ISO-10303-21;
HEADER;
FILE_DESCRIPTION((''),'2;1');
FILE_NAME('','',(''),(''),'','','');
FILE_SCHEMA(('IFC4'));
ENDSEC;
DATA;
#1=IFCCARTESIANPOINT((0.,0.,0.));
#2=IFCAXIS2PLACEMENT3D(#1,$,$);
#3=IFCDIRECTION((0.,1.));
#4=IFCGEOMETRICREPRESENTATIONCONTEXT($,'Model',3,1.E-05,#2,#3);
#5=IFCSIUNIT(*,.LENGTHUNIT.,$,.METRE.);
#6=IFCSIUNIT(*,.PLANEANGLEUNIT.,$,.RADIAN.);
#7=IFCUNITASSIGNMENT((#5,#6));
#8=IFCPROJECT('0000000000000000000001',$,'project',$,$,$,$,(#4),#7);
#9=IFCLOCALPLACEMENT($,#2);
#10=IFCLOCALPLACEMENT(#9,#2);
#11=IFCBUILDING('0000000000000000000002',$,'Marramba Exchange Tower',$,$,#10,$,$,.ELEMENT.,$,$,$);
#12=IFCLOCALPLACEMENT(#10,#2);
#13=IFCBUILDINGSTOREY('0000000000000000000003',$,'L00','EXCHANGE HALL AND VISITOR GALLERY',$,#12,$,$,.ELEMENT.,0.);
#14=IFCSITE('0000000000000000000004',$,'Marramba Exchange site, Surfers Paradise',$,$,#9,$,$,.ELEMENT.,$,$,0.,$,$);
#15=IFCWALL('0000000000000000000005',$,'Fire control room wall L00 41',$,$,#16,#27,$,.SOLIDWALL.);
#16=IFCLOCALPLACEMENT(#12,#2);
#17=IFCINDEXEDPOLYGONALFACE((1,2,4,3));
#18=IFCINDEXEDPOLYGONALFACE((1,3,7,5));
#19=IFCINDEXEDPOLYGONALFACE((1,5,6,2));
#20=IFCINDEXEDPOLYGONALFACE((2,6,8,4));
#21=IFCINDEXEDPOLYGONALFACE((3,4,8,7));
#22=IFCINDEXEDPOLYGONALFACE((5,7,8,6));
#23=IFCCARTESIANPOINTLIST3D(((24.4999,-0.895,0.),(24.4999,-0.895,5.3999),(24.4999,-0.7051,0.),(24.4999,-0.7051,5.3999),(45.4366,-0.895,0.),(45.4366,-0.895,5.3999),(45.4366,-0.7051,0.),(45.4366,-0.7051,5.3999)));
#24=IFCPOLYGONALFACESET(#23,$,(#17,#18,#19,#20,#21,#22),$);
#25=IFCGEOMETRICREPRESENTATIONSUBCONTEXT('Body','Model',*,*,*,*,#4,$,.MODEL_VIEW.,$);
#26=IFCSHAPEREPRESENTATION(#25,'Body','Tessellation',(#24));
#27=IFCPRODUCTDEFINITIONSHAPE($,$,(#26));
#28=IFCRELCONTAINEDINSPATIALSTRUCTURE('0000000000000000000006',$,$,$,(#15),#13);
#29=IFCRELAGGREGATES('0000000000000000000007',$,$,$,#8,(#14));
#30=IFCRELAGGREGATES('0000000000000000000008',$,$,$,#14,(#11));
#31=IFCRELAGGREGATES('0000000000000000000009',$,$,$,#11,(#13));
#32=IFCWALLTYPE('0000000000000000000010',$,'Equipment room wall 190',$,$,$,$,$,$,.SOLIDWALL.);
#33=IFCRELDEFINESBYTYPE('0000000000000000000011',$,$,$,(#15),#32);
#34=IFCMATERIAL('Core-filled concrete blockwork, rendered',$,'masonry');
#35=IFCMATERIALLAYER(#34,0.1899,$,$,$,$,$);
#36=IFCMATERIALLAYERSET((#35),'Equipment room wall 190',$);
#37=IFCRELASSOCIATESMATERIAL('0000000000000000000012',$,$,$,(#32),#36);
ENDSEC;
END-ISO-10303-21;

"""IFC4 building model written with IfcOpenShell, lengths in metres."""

from ifc_helpers import new_model, si_unit, direction, frame, frame_2d, origin, place, context, subcontext, project, spatial, rectangle, extrude, material, layer, layer_set, type_object, element, save


model = new_model("IFC4")

# Units and contexts
model_context = context("Model", 3, precision=1e-05, world=origin(), true_north=direction((0.0, 1.0)))
body_context = subcontext(model_context, "Body", "Model", "MODEL_VIEW")
ifc_project = project(units=[si_unit("LENGTHUNIT", "METRE"), si_unit("PLANEANGLEUNIT", "RADIAN")], contexts=[model_context])

# Site, building, storey
site_placement = place(None, origin())
site = spatial("IfcSite", under=ifc_project, at=site_placement, Name="Marramba Exchange site, Surfers Paradise", CompositionType="ELEMENT", RefElevation=0.0)
building_placement = place(site_placement, origin())
building = spatial("IfcBuilding", under=site, at=building_placement, Name="Marramba Exchange Tower", CompositionType="ELEMENT")
storey_placement = place(building_placement, origin())
storey = spatial("IfcBuildingStorey", under=building, at=storey_placement, Name="L00", Description="EXCHANGE HALL AND VISITOR GALLERY", CompositionType="ELEMENT", Elevation=0.0)

# Wall
ifc_material_1 = material(Name="Core-filled concrete blockwork, rendered", Category="masonry")
ifc_layer_1 = layer(ifc_material_1, 0.1899)
ifc_layer_set_1 = layer_set([ifc_layer_1], Name="Equipment room wall 190")
wall_type_1 = type_object("IfcWallType", Name="Equipment room wall 190", PredefinedType="SOLIDWALL", material=ifc_layer_set_1)
wall_1_placement = place(storey_placement, frame((24.5, -0.8, 0.0), z_axis=(0.0, 0.0, 1.0), x_axis=(1.0, 0.0, 0.0)))
element("IfcWall", 1, at=wall_1_placement, inside=storey, type_object=wall_type_1, Name="Fire control room wall L00 41", PredefinedType="SOLIDWALL", context=body_context, shape_type="SweptSolid", body=[
    extrude(rectangle(XDim=20.9368, YDim=0.1899, at=frame_2d((10.4683, 0.0))), origin(), (0.0, 0.0, 1.0), 5.3999),
])

save(model, "model.ifc")
